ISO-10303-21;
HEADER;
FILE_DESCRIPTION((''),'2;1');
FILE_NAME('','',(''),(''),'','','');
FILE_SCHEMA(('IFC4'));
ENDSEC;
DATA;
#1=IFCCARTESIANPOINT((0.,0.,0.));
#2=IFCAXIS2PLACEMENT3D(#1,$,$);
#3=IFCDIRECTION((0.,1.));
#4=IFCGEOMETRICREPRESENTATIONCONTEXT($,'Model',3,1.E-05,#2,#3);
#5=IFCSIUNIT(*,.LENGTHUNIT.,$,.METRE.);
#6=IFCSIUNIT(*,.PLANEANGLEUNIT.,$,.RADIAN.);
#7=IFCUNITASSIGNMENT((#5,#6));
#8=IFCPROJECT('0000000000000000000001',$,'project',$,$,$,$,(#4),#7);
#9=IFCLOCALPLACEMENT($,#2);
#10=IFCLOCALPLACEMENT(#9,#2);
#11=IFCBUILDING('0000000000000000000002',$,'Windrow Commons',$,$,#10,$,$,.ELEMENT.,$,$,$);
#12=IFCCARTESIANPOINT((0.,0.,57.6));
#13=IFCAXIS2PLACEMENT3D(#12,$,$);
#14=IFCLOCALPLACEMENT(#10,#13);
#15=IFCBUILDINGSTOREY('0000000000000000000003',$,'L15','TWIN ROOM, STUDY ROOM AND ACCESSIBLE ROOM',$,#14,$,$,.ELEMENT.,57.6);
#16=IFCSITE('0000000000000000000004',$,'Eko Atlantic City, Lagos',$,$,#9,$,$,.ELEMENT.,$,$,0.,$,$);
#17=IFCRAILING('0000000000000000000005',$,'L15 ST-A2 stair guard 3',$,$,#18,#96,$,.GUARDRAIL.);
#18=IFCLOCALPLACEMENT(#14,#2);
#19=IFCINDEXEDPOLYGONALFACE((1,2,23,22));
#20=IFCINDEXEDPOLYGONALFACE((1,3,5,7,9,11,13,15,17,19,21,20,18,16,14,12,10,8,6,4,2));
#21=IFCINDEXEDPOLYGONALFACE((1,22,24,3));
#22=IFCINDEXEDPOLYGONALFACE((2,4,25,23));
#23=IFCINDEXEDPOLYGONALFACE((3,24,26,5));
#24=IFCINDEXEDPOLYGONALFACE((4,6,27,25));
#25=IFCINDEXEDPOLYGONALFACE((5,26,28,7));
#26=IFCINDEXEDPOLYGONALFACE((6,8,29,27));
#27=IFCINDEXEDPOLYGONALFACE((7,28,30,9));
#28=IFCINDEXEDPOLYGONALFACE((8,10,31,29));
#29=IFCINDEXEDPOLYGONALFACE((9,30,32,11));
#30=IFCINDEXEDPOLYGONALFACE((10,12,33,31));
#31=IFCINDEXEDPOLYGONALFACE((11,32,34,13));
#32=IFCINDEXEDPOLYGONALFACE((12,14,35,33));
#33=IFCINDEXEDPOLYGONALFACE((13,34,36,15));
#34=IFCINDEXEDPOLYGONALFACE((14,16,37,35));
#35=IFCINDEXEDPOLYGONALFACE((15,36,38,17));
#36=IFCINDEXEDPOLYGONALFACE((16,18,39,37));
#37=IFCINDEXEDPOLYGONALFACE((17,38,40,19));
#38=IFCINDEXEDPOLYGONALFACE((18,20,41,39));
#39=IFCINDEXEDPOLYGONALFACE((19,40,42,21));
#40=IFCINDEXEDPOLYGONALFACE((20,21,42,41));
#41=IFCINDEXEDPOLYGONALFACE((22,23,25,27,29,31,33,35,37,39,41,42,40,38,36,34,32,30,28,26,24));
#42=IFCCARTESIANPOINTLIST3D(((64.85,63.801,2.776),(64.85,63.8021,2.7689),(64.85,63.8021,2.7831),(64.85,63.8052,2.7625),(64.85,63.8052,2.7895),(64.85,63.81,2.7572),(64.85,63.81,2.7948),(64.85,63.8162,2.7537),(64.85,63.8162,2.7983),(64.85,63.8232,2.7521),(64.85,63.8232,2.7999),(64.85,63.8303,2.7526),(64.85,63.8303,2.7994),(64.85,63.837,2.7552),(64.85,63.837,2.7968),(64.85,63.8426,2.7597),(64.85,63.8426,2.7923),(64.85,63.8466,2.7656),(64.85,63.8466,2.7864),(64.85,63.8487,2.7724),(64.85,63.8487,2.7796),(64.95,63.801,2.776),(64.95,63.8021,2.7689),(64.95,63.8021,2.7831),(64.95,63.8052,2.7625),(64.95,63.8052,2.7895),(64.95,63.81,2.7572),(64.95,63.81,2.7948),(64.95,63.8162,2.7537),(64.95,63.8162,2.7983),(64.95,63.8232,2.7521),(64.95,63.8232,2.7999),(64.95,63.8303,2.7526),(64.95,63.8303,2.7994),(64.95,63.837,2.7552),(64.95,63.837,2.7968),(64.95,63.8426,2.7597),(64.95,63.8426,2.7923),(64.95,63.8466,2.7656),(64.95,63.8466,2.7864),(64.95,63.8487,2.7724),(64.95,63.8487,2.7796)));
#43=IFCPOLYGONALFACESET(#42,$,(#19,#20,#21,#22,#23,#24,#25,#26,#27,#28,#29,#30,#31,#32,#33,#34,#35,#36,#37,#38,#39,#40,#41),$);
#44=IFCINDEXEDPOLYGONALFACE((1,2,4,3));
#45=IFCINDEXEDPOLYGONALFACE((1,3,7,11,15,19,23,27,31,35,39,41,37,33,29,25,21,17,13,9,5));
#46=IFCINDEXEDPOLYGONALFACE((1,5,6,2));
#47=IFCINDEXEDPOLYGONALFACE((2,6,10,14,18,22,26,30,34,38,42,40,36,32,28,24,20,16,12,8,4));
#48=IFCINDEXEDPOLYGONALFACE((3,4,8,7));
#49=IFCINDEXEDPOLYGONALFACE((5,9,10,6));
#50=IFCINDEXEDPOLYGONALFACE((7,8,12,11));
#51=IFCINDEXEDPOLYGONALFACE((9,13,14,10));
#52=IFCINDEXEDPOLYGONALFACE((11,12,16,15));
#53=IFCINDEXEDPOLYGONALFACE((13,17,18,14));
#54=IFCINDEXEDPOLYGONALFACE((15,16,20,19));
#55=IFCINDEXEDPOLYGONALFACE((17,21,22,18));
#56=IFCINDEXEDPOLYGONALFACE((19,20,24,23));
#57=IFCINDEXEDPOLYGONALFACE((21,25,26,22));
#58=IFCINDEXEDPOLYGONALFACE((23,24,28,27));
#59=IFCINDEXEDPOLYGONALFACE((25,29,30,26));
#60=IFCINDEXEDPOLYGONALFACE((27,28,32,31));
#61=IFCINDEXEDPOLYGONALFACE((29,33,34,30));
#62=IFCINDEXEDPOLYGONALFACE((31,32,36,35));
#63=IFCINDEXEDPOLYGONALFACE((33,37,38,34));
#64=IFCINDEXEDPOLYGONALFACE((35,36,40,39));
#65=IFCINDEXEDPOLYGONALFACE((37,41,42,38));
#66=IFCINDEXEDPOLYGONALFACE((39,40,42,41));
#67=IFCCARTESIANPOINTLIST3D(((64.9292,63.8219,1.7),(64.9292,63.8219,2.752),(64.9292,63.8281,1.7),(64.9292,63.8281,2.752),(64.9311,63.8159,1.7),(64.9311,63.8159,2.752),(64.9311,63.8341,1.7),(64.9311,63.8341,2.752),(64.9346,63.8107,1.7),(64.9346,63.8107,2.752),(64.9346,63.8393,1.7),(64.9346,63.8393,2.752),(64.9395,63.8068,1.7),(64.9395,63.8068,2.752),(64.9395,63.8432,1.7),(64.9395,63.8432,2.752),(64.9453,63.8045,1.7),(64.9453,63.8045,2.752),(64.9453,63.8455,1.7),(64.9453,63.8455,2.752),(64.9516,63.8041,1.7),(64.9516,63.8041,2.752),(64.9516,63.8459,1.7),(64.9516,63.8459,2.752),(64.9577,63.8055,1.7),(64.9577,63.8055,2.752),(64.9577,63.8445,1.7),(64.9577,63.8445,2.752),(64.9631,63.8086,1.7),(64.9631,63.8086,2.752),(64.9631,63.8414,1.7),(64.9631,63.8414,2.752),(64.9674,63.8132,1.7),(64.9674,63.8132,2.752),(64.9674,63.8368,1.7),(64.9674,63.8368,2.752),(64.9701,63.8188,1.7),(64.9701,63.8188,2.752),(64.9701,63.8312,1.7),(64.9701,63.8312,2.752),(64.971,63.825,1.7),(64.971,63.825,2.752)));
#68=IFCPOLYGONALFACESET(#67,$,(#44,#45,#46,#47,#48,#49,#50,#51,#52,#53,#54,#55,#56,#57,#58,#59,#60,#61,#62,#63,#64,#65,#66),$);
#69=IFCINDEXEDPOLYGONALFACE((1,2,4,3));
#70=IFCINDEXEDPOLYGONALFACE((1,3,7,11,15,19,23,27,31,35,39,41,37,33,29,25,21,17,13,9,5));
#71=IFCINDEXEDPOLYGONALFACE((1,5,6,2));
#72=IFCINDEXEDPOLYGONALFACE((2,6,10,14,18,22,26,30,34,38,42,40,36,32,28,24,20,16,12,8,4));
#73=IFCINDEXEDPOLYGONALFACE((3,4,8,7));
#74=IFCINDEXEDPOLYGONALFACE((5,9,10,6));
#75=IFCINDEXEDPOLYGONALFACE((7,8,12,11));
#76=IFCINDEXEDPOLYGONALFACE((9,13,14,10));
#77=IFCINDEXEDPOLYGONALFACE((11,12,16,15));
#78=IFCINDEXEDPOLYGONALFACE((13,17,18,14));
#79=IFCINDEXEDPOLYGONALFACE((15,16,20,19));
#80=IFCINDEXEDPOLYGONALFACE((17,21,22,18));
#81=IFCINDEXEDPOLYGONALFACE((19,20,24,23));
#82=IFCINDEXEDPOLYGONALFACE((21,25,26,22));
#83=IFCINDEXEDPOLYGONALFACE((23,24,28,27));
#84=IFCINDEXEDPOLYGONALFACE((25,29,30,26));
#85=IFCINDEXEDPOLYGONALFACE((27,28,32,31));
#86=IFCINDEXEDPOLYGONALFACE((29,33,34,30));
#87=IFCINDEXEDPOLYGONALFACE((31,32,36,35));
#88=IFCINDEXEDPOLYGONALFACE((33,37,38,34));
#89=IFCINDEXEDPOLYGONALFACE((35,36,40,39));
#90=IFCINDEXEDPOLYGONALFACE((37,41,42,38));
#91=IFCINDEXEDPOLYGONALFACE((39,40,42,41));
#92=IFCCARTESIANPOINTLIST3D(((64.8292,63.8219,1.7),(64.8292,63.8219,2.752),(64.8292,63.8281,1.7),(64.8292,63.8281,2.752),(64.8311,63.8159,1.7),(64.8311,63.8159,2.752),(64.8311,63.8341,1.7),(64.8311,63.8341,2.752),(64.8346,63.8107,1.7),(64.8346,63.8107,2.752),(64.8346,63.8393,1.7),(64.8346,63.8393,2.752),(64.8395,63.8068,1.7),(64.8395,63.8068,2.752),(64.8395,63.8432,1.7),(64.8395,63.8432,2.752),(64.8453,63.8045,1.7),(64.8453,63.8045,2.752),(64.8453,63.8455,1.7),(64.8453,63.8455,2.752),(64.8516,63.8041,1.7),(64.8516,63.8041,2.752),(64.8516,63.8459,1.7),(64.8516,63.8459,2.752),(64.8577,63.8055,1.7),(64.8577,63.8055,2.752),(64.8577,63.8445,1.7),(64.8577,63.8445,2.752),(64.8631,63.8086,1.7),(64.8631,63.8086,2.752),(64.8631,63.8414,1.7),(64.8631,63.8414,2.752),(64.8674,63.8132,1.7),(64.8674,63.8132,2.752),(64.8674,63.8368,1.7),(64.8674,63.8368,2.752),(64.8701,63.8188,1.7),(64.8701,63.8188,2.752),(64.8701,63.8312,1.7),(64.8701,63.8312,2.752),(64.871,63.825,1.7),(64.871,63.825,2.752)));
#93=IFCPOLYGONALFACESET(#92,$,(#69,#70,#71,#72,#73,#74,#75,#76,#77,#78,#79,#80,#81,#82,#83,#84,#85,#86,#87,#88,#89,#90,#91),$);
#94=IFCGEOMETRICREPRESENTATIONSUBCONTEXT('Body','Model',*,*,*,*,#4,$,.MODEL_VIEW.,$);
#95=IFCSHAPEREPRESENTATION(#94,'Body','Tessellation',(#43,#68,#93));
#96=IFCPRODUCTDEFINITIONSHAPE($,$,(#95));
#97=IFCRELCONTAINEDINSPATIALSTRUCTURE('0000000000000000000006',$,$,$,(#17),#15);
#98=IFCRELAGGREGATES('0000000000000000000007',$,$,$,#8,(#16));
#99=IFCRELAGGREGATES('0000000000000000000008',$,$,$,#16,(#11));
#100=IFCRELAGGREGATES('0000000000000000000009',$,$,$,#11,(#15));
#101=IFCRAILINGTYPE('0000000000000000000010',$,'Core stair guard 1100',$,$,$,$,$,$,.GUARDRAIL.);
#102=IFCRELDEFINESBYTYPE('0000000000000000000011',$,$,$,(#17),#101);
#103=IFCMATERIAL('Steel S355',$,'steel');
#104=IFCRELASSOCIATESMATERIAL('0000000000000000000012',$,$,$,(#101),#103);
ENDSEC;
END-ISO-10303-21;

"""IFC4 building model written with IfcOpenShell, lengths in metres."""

from ifc_helpers import new_model, si_unit, direction, frame, origin, origin_2d, place, context, subcontext, project, spatial, circle, extrude, material, type_object, element, save


model = new_model("IFC4")

# Units and contexts
model_context = context("Model", 3, precision=1e-05, world=origin(), true_north=direction((0.0, 1.0)))
body_context = subcontext(model_context, "Body", "Model", "MODEL_VIEW")
ifc_project = project(units=[si_unit("LENGTHUNIT", "METRE"), si_unit("PLANEANGLEUNIT", "RADIAN")], contexts=[model_context])

# Site, building, storey
site_placement = place(None, origin())
site = spatial("IfcSite", under=ifc_project, at=site_placement, Name="Eko Atlantic City, Lagos", CompositionType="ELEMENT", RefElevation=0.0)
building_placement = place(site_placement, origin())
building = spatial("IfcBuilding", under=site, at=building_placement, Name="Windrow Commons", CompositionType="ELEMENT")
storey_placement = place(building_placement, frame((0.0, 0.0, 57.6)))
storey = spatial("IfcBuildingStorey", under=building, at=storey_placement, Name="L15", Description="TWIN ROOM, STUDY ROOM AND ACCESSIBLE ROOM", CompositionType="ELEMENT", Elevation=57.6)

# Railing
ifc_material_1 = material(Name="Steel S355", Category="steel")
railing_type_1 = type_object("IfcRailingType", Name="Core stair guard 1100", PredefinedType="GUARDRAIL", material=ifc_material_1)
railing_1_placement = place(storey_placement, frame((64.95, 63.825, 1.7)))
element("IfcRailing", 1, at=railing_1_placement, inside=storey, type_object=railing_type_1, Name="L15 ST-A2 stair guard 3", PredefinedType="GUARDRAIL", context=body_context, shape_type="SweptSolid", body=[
    extrude(circle(Radius=0.024, at=origin_2d()), frame((0.0, 0.0, 1.076), z_axis=(-1.0, 0.0, 0.0), x_axis=(0.0, -1.0, 0.0)), (0.0, 0.0, 1.0), 0.1),
    extrude(circle(Radius=0.021, at=origin_2d()), origin(), (0.0, 0.0, 1.0), 1.052),
    extrude(circle(Radius=0.021, at=origin_2d()), frame((-0.1, 0.0, 0.0)), (0.0, 0.0, 1.0), 1.052),
])

save(model, "model.ifc")
